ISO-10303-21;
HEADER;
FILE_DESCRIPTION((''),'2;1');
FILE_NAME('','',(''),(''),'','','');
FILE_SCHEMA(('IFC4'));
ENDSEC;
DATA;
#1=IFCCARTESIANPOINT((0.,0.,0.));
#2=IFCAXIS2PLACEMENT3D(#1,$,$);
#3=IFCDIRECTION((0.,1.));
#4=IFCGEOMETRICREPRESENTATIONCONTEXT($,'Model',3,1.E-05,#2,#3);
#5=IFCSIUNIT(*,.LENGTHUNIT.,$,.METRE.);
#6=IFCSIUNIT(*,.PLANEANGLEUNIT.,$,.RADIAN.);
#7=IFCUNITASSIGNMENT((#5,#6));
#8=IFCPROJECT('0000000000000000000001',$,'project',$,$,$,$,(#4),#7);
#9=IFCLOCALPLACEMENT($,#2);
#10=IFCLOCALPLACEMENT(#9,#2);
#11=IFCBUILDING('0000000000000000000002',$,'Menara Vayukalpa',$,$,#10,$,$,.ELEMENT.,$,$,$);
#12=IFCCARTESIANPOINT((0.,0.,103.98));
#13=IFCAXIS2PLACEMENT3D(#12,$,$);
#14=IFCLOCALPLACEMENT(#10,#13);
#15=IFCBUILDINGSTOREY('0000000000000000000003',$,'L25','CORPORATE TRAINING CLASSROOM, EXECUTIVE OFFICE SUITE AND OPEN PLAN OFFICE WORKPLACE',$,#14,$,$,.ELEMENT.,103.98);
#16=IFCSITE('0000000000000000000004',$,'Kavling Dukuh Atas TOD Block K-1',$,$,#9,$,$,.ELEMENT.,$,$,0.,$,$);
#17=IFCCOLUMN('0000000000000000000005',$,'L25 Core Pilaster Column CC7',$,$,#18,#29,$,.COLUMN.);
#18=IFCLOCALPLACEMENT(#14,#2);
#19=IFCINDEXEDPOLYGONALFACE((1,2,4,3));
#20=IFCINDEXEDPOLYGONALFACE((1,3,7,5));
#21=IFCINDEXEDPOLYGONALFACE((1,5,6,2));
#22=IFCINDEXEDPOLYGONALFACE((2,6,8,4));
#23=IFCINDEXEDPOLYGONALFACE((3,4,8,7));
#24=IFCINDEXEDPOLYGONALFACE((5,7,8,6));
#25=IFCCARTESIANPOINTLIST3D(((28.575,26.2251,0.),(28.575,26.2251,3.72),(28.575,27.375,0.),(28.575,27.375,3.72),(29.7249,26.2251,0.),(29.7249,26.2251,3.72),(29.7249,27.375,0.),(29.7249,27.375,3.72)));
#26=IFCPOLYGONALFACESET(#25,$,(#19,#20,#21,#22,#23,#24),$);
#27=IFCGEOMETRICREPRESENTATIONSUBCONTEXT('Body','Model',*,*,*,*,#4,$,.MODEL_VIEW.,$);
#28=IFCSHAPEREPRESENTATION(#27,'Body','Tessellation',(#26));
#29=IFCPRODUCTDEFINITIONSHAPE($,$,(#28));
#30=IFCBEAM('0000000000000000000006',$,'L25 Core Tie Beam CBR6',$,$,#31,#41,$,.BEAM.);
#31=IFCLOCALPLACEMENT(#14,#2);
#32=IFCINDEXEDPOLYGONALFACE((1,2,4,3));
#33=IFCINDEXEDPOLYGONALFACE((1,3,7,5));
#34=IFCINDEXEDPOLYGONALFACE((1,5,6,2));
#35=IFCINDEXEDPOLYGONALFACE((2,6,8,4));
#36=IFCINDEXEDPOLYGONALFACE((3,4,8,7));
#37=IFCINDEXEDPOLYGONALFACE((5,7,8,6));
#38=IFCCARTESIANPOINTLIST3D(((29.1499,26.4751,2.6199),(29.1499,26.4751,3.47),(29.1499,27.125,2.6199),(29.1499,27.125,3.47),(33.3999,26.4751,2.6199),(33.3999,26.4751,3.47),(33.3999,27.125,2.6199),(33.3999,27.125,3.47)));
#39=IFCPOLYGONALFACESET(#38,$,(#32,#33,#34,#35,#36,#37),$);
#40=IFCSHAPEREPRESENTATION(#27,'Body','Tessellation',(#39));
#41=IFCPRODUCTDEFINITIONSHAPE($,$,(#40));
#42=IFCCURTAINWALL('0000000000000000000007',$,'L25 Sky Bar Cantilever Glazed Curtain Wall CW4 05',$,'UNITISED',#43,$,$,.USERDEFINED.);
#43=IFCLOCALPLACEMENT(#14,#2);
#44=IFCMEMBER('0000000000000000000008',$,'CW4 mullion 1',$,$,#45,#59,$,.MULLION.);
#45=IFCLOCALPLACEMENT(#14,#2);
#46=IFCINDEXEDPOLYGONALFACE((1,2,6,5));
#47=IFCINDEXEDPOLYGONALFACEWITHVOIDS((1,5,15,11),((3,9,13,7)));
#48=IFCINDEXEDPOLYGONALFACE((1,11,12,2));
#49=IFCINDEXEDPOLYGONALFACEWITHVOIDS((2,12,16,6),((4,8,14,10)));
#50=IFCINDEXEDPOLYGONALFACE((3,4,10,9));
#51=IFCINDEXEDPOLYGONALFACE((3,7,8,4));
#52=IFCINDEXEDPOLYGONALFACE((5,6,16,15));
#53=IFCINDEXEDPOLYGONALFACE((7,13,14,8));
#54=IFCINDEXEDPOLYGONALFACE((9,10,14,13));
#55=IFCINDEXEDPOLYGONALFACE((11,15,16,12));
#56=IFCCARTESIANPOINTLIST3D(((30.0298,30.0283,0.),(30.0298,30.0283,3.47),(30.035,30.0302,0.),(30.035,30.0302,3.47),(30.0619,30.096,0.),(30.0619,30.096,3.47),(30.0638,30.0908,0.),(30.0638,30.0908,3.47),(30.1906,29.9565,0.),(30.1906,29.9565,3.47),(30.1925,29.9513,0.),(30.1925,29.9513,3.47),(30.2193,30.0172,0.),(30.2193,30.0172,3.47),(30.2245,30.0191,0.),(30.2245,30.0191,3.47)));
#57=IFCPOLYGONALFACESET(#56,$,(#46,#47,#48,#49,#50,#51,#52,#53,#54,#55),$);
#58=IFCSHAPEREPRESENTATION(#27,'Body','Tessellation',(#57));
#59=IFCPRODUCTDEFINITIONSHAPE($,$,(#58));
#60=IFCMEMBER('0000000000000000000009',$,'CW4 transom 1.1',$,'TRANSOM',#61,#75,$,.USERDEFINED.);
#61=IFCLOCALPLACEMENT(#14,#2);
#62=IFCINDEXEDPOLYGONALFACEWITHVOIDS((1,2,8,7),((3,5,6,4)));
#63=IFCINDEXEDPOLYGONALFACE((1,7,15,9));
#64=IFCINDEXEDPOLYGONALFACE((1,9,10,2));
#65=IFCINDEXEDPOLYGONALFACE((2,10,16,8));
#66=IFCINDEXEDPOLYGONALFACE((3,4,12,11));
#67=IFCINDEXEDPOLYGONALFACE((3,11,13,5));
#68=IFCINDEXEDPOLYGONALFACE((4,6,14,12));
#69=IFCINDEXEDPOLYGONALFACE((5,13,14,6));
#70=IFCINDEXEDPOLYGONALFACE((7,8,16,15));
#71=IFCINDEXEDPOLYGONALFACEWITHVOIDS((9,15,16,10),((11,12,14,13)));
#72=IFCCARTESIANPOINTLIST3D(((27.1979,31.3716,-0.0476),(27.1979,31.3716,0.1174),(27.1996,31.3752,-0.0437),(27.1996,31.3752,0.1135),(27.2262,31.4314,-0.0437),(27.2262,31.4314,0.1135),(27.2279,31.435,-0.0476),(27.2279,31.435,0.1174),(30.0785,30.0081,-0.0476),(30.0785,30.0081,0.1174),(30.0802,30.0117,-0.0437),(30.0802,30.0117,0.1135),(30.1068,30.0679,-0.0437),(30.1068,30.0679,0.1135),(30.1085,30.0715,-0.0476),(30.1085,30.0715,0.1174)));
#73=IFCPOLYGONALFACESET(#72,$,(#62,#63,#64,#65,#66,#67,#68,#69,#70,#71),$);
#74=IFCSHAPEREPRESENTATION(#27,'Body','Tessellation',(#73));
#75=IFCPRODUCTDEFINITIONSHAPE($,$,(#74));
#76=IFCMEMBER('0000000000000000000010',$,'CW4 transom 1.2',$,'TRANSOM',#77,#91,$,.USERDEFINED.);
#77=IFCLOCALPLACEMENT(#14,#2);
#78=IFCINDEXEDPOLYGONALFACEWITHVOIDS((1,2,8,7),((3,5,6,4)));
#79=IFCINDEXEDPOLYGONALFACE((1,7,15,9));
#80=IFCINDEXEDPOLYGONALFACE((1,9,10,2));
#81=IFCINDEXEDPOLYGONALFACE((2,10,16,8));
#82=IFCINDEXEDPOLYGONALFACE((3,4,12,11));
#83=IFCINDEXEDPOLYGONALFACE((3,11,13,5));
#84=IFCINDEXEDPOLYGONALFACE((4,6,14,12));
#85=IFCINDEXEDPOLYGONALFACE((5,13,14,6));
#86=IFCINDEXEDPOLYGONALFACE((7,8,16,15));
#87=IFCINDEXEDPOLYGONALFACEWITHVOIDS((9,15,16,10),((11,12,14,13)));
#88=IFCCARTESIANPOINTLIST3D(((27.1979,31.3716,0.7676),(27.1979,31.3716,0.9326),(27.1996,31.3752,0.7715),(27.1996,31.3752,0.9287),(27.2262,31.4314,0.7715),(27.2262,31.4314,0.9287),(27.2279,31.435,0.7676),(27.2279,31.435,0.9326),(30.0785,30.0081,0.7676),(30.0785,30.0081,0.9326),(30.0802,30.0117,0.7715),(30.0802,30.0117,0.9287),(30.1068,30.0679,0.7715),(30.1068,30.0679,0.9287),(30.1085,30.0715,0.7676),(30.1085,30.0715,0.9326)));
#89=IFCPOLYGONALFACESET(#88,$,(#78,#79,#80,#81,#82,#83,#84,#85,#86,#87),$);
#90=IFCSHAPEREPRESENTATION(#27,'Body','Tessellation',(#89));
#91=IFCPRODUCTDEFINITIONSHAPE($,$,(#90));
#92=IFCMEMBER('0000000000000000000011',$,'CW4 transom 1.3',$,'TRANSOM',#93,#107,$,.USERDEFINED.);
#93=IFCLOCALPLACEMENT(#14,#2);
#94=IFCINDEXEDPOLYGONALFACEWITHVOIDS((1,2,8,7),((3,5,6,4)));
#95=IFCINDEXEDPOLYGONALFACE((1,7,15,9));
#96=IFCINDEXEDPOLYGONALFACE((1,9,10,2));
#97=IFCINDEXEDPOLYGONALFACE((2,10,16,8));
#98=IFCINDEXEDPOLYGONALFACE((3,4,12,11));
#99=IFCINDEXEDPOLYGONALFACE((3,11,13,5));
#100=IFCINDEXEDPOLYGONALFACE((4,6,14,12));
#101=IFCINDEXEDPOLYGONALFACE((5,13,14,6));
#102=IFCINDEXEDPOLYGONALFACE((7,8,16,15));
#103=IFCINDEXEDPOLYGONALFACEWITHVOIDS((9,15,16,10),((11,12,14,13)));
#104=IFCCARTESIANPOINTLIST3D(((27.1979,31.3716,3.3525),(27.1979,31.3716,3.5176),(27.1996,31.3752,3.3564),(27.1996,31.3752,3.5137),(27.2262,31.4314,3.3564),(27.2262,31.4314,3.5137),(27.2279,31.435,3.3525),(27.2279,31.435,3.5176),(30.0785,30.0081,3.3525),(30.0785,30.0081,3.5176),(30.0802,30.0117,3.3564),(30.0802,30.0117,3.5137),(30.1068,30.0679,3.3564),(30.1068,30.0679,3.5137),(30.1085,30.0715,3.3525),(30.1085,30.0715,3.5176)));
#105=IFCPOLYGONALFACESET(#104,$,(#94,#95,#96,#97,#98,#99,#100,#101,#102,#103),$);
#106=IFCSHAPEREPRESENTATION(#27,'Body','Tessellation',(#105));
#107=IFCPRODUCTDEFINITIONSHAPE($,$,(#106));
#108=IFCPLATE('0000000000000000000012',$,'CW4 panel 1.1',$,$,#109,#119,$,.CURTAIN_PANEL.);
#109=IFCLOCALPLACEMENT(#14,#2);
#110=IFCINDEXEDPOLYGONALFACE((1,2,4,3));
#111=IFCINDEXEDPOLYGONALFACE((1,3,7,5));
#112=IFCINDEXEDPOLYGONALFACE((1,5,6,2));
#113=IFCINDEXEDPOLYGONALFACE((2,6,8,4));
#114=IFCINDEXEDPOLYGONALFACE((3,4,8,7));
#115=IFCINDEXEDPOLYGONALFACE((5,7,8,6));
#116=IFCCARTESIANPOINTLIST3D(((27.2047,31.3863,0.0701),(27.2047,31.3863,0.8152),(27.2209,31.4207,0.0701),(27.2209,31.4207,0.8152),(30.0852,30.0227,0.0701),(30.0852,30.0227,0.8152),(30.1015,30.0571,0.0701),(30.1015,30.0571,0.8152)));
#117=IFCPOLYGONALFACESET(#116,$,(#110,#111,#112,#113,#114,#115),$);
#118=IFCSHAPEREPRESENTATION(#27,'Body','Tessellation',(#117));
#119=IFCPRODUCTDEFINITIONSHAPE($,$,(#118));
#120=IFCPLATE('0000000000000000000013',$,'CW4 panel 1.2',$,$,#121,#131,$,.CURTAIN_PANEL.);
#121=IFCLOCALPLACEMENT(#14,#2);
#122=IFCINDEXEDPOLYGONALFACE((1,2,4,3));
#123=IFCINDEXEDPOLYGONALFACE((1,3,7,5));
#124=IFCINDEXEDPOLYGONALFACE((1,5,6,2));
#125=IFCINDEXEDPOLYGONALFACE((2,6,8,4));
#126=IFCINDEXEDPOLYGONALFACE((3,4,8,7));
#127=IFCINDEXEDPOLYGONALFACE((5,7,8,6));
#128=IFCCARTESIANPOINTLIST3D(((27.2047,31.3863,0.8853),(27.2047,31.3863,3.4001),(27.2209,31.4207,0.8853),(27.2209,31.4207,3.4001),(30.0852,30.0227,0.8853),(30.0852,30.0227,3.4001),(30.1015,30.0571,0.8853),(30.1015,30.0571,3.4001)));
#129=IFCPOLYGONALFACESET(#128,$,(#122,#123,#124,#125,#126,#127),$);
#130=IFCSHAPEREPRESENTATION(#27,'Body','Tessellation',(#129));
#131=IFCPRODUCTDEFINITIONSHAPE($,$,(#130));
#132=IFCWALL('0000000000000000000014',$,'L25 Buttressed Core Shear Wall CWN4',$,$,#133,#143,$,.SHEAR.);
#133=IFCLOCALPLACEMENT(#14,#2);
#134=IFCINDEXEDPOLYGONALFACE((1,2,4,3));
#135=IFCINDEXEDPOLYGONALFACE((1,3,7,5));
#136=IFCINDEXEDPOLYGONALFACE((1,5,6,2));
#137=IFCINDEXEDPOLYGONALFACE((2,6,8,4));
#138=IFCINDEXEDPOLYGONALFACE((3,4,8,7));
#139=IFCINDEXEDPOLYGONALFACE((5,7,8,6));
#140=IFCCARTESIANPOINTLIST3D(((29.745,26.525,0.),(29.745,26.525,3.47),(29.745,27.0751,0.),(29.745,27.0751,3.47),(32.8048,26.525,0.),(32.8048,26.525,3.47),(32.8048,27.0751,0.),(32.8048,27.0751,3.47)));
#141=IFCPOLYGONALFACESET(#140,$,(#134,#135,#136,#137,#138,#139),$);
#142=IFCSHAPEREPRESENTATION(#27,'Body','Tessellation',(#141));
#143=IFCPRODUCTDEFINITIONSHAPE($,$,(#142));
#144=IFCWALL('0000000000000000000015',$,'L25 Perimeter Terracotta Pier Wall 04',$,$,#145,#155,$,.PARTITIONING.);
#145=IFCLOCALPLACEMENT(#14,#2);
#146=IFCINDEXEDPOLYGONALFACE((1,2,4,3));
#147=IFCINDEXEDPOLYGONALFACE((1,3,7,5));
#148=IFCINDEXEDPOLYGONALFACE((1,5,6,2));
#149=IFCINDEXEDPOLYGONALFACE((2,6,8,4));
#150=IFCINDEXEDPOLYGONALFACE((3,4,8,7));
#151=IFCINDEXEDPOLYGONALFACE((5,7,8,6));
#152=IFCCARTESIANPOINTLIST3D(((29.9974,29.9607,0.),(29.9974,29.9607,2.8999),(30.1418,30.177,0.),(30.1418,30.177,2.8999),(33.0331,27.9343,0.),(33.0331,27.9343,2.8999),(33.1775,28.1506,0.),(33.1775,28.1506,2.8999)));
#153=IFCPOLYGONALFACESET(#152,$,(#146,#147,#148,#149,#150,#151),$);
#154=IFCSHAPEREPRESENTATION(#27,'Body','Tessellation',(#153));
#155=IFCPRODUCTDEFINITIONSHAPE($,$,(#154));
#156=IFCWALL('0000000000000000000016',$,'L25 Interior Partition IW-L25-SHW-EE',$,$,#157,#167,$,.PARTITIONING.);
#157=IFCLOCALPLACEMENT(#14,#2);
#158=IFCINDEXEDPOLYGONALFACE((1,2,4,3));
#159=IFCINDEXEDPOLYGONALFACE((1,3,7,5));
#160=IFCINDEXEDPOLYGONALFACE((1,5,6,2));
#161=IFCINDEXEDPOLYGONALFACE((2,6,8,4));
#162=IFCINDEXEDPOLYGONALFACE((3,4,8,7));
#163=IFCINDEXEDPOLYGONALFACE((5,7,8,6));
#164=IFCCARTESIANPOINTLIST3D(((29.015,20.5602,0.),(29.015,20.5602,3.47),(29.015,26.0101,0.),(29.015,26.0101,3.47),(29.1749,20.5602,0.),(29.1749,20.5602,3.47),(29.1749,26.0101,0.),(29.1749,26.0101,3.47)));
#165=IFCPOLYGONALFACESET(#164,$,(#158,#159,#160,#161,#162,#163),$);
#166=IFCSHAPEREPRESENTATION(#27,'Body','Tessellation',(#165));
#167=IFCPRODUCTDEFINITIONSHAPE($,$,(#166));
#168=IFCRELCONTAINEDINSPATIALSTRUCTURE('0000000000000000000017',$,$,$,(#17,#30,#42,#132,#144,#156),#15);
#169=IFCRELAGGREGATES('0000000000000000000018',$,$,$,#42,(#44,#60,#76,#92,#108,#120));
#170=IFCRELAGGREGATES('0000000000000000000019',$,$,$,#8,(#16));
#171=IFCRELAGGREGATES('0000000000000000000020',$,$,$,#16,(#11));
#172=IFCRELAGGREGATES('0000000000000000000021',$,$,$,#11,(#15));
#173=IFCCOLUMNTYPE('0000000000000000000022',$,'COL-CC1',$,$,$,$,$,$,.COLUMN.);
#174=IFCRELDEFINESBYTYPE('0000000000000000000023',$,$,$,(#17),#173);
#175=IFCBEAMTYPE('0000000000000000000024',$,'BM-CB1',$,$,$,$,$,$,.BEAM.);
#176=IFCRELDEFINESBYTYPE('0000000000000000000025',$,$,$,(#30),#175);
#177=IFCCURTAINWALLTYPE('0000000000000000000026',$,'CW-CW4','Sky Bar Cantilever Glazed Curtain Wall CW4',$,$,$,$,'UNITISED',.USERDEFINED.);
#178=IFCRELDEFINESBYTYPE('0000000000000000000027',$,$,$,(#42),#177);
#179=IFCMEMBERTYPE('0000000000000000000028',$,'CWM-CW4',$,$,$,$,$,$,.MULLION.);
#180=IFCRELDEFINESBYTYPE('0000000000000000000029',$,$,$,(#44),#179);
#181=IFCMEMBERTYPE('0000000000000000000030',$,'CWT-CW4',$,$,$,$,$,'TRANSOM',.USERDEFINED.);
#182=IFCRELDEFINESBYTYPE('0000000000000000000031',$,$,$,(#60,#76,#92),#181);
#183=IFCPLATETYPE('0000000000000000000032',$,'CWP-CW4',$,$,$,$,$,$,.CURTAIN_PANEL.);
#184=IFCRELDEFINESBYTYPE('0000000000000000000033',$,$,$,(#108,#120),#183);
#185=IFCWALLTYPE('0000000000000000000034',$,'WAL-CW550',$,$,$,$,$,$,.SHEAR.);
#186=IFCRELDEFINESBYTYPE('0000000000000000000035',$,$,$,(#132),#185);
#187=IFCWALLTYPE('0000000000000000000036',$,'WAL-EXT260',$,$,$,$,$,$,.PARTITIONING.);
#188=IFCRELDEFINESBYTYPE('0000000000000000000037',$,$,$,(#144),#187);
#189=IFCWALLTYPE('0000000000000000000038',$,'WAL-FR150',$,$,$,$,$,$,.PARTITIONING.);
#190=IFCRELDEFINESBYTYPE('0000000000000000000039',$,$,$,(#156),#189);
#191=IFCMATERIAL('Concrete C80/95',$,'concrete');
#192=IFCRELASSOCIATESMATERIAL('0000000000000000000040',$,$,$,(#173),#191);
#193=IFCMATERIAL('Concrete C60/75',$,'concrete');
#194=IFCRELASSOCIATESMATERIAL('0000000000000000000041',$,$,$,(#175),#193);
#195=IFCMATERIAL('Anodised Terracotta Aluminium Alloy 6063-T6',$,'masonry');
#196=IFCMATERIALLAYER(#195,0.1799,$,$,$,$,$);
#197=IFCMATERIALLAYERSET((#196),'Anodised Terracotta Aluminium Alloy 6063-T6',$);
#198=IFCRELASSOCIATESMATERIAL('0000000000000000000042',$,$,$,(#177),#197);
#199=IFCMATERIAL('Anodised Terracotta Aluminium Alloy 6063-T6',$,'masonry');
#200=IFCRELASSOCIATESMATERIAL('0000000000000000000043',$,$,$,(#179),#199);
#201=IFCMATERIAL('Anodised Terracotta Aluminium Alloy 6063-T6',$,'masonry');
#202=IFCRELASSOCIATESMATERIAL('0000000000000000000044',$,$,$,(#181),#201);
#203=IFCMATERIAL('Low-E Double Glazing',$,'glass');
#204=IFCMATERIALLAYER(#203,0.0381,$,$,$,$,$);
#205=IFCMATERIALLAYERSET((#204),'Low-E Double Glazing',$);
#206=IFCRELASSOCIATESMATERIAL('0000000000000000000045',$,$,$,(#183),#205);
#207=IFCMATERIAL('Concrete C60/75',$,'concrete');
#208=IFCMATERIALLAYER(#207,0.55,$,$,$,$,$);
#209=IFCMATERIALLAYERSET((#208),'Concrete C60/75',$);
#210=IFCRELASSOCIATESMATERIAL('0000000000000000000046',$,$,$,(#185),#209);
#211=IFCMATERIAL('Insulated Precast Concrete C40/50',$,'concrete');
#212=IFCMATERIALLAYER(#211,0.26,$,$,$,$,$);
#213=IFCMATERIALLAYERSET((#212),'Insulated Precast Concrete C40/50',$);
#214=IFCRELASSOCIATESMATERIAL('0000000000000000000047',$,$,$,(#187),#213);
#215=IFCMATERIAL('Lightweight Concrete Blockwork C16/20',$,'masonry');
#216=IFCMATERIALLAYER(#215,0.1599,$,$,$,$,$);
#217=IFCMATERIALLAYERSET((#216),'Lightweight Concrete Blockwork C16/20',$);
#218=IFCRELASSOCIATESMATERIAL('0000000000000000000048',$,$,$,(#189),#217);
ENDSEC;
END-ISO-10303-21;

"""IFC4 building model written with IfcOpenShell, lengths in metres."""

from ifc_helpers import new_model, si_unit, direction, frame, frame_2d, origin, origin_2d, place, context, subcontext, project, spatial, rectangle, hollow_rectangle, extrude, material, layer, layer_set, material_profile, profile_set, type_object, element, aggregate, save


model = new_model("IFC4")

# Units and contexts
model_context = context("Model", 3, precision=1e-05, world=origin(), true_north=direction((0.0, 1.0)))
body_context = subcontext(model_context, "Body", "Model", "MODEL_VIEW")
ifc_project = project(units=[si_unit("LENGTHUNIT", "METRE"), si_unit("PLANEANGLEUNIT", "RADIAN")], contexts=[model_context])

# Site, building, storey
site_placement = place(None, origin())
site = spatial("IfcSite", under=ifc_project, at=site_placement, Name="Kavling Dukuh Atas TOD Block K-1", CompositionType="ELEMENT", RefElevation=0.0)
building_placement = place(site_placement, origin())
building = spatial("IfcBuilding", under=site, at=building_placement, Name="Menara Vayukalpa", CompositionType="ELEMENT")
storey_placement = place(building_placement, frame((0.0, 0.0, 103.98)))
storey = spatial("IfcBuildingStorey", under=building, at=storey_placement, Name="L25", Description="CORPORATE TRAINING CLASSROOM, EXECUTIVE OFFICE SUITE AND OPEN PLAN OFFICE WORKPLACE", CompositionType="ELEMENT", Elevation=103.98)

# Column
ifc_material_1 = material(Name="Concrete C80/95", Category="concrete")
ifc_material_profile_1 = material_profile(ifc_material_1, rectangle(XDim=1.1499, YDim=1.1499, at=origin_2d()), Name="RC 1150x1150")
ifc_profile_set_1 = profile_set([ifc_material_profile_1], Name="Concrete C80/95")
column_type = type_object("IfcColumnType", Name="COL-CC1", PredefinedType="COLUMN", material=ifc_profile_set_1)
column_placement = place(storey_placement, frame((29.1499, 26.8, 0.0), z_axis=(0.0, 0.0, 1.0), x_axis=(1.0, 0.0, 0.0)))
element("IfcColumn", 1, at=column_placement, inside=storey, type_object=column_type, Name="L25 Core Pilaster Column CC7", PredefinedType="COLUMN", context=body_context, shape_type="SweptSolid", body=[
    extrude(rectangle(XDim=1.1499, YDim=1.1499, at=origin_2d()), origin(), (0.0, 0.0, 1.0), 3.72),
])

# Beam
ifc_material_2 = material(Name="Concrete C60/75", Category="concrete")
ifc_material_profile_2 = material_profile(ifc_material_2, rectangle(XDim=0.6499, YDim=0.8501, at=origin_2d()), Name="RC 650x850")
ifc_profile_set_2 = profile_set([ifc_material_profile_2], Name="Concrete C60/75")
beam_type = type_object("IfcBeamType", Name="BM-CB1", PredefinedType="BEAM", material=ifc_profile_set_2)
beam_placement = place(storey_placement, frame((29.1499, 26.8, 3.0449), z_axis=(1.0, 0.0, 0.0), x_axis=(0.0, 1.0, 0.0)))
element("IfcBeam", 2, at=beam_placement, inside=storey, type_object=beam_type, Name="L25 Core Tie Beam CBR6", PredefinedType="BEAM", context=body_context, shape_type="SweptSolid", body=[
    extrude(rectangle(XDim=0.6499, YDim=0.8501, at=origin_2d()), origin(), (0.0, 0.0, 1.0), 4.25),
])

# Curtain wall, members, plates
ifc_material_3 = material(Name="Anodised Terracotta Aluminium Alloy 6063-T6", Category="masonry")
ifc_layer_1 = layer(ifc_material_3, 0.1799)
ifc_layer_set_1 = layer_set([ifc_layer_1], Name="Anodised Terracotta Aluminium Alloy 6063-T6")
curtain_wall_type = type_object("IfcCurtainWallType", Name="CW-CW4", Description="Sky Bar Cantilever Glazed Curtain Wall CW4", ElementType="UNITISED", PredefinedType="USERDEFINED", material=ifc_layer_set_1)
curtain_wall_placement = place(storey_placement, origin())
curtain_wall = element("IfcCurtainWall", 3, at=curtain_wall_placement, inside=storey, type_object=curtain_wall_type, Name="L25 Sky Bar Cantilever Glazed Curtain Wall CW4 05", ObjectType="UNITISED", PredefinedType="USERDEFINED")
ifc_material_4 = material(Name="Anodised Terracotta Aluminium Alloy 6063-T6", Category="masonry")
ifc_material_profile_3 = material_profile(ifc_material_4, hollow_rectangle(XDim=0.075, YDim=0.1799, WallThickness=0.0039, at=origin_2d()), Name="ALU 75x180x4")
ifc_profile_set_3 = profile_set([ifc_material_profile_3], Name="Anodised Terracotta Aluminium Alloy 6063-T6")
member_type_1 = type_object("IfcMemberType", Name="CWM-CW4", PredefinedType="MULLION", material=ifc_profile_set_3)
member_1_placement = place(storey_placement, frame((30.1272, 30.0237, 0.0), z_axis=(0.0, 0.0, 1.0), x_axis=(-0.427871, -0.90384, 0.0)))
member_1 = element("IfcMember", 4, at=member_1_placement, type_object=member_type_1, Name="CW4 mullion 1", PredefinedType="MULLION", context=body_context, shape_type="SweptSolid", body=[
    extrude(hollow_rectangle(XDim=0.075, YDim=0.1799, WallThickness=0.0039, at=origin_2d()), origin(), (0.0, 0.0, 1.0), 3.47),
])
ifc_material_5 = material(Name="Anodised Terracotta Aluminium Alloy 6063-T6", Category="masonry")
ifc_material_profile_4 = material_profile(ifc_material_5, hollow_rectangle(XDim=0.0701, YDim=0.165, WallThickness=0.0039, at=origin_2d()), Name="ALU 70x165x4")
ifc_profile_set_4 = profile_set([ifc_material_profile_4], Name="Anodised Terracotta Aluminium Alloy 6063-T6")
member_type_2 = type_object("IfcMemberType", Name="CWT-CW4", ElementType="TRANSOM", PredefinedType="USERDEFINED", material=ifc_profile_set_4)
member_2_placement = place(storey_placement, frame((30.0935, 30.0398, 0.0349), z_axis=(-0.903856, 0.427836, 0.0), x_axis=(-0.427836, -0.903856, 0.0)))
member_2 = element("IfcMember", 5, at=member_2_placement, type_object=member_type_2, Name="CW4 transom 1.1", ObjectType="TRANSOM", PredefinedType="USERDEFINED", context=body_context, shape_type="SweptSolid", body=[
    extrude(hollow_rectangle(XDim=0.0701, YDim=0.165, WallThickness=0.0039, at=origin_2d()), origin(), (0.0, 0.0, 1.0), 3.187),
])
member_3_placement = place(storey_placement, frame((30.0935, 30.0398, 0.8501), z_axis=(-0.903856, 0.427836, 0.0), x_axis=(-0.427836, -0.903856, 0.0)))
member_3 = element("IfcMember", 6, at=member_3_placement, type_object=member_type_2, Name="CW4 transom 1.2", ObjectType="TRANSOM", PredefinedType="USERDEFINED", context=body_context, shape_type="SweptSolid", body=[
    extrude(hollow_rectangle(XDim=0.0701, YDim=0.165, WallThickness=0.0039, at=origin_2d()), origin(), (0.0, 0.0, 1.0), 3.187),
])
member_4_placement = place(storey_placement, frame((30.0935, 30.0398, 3.4351), z_axis=(-0.903856, 0.427836, 0.0), x_axis=(-0.427836, -0.903856, 0.0)))
member_4 = element("IfcMember", 7, at=member_4_placement, type_object=member_type_2, Name="CW4 transom 1.3", ObjectType="TRANSOM", PredefinedType="USERDEFINED", context=body_context, shape_type="SweptSolid", body=[
    extrude(hollow_rectangle(XDim=0.0701, YDim=0.165, WallThickness=0.0039, at=origin_2d()), origin(), (0.0, 0.0, 1.0), 3.187),
])
ifc_material_6 = material(Name="Low-E Double Glazing", Category="glass")
ifc_layer_2 = layer(ifc_material_6, 0.0381)
ifc_layer_set_2 = layer_set([ifc_layer_2], Name="Low-E Double Glazing")
plate_type = type_object("IfcPlateType", Name="CWP-CW4", PredefinedType="CURTAIN_PANEL", material=ifc_layer_set_2)
plate_1_placement = place(storey_placement, frame((28.6531, 30.7217, 0.0701), z_axis=(0.0, 0.0, 1.0), x_axis=(-0.90384, 0.427871, 0.0)))
plate_1 = element("IfcPlate", 8, at=plate_1_placement, type_object=plate_type, Name="CW4 panel 1.1", PredefinedType="CURTAIN_PANEL", context=body_context, shape_type="SweptSolid", body=[
    extrude(rectangle(XDim=3.187, YDim=0.0381, at=origin_2d()), origin(), (0.0, 0.0, 1.0), 0.7451),
])
plate_2_placement = place(storey_placement, frame((28.6531, 30.7217, 0.8853), z_axis=(0.0, 0.0, 1.0), x_axis=(-0.90384, 0.427871, 0.0)))
plate_2 = element("IfcPlate", 9, at=plate_2_placement, type_object=plate_type, Name="CW4 panel 1.2", PredefinedType="CURTAIN_PANEL", context=body_context, shape_type="SweptSolid", body=[
    extrude(rectangle(XDim=3.187, YDim=0.0381, at=origin_2d()), origin(), (0.0, 0.0, 1.0), 2.5149),
])
aggregate(curtain_wall, [member_1, member_2, member_3, member_4, plate_1, plate_2])

# Walls
ifc_material_7 = material(Name="Concrete C60/75", Category="concrete")
ifc_layer_3 = layer(ifc_material_7, 0.55)
ifc_layer_set_3 = layer_set([ifc_layer_3], Name="Concrete C60/75")
wall_type_1 = type_object("IfcWallType", Name="WAL-CW550", PredefinedType="SHEAR", material=ifc_layer_set_3)
wall_1_placement = place(storey_placement, frame((29.7451, 26.8, 0.0), z_axis=(0.0, 0.0, 1.0), x_axis=(1.0, 0.0, 0.0)))
element("IfcWall", 10, at=wall_1_placement, inside=storey, type_object=wall_type_1, Name="L25 Buttressed Core Shear Wall CWN4", PredefinedType="SHEAR", context=body_context, shape_type="SweptSolid", body=[
    extrude(rectangle(XDim=3.0598, YDim=0.55, at=frame_2d((1.5298, 0.0))), origin(), (0.0, 0.0, 1.0), 3.47),
])
ifc_material_8 = material(Name="Insulated Precast Concrete C40/50", Category="concrete")
ifc_layer_4 = layer(ifc_material_8, 0.26)
ifc_layer_set_4 = layer_set([ifc_layer_4], Name="Insulated Precast Concrete C40/50")
wall_type_2 = type_object("IfcWallType", Name="WAL-EXT260", PredefinedType="PARTITIONING", material=ifc_layer_set_4)
wall_2_placement = place(storey_placement, frame((30.0696, 30.0688, 0.0), z_axis=(0.0, 0.0, 1.0), x_axis=(0.831721, -0.555194, 0.0)))
element("IfcWall", 11, at=wall_2_placement, inside=storey, type_object=wall_type_2, Name="L25 Perimeter Terracotta Pier Wall 04", PredefinedType="PARTITIONING", context=body_context, shape_type="SweptSolid", body=[
    extrude(rectangle(XDim=3.6499, YDim=0.26, at=frame_2d((1.825, 0.0))), origin(), (0.0, 0.0, 1.0), 2.8999),
])
ifc_material_9 = material(Name="Lightweight Concrete Blockwork C16/20", Category="masonry")
ifc_layer_5 = layer(ifc_material_9, 0.1599)
ifc_layer_set_5 = layer_set([ifc_layer_5], Name="Lightweight Concrete Blockwork C16/20")
wall_type_3 = type_object("IfcWallType", Name="WAL-FR150", PredefinedType="PARTITIONING", material=ifc_layer_set_5)
wall_3_placement = place(storey_placement, frame((29.095, 20.5601, 0.0), z_axis=(0.0, 0.0, 1.0), x_axis=(0.0, 1.0, 0.0)))
element("IfcWall", 12, at=wall_3_placement, inside=storey, type_object=wall_type_3, Name="L25 Interior Partition IW-L25-SHW-EE", PredefinedType="PARTITIONING", context=body_context, shape_type="SweptSolid", body=[
    extrude(rectangle(XDim=5.45, YDim=0.1599, at=frame_2d((2.7251, 0.0))), origin(), (0.0, 0.0, 1.0), 3.47),
])

save(model, "model.ifc")
